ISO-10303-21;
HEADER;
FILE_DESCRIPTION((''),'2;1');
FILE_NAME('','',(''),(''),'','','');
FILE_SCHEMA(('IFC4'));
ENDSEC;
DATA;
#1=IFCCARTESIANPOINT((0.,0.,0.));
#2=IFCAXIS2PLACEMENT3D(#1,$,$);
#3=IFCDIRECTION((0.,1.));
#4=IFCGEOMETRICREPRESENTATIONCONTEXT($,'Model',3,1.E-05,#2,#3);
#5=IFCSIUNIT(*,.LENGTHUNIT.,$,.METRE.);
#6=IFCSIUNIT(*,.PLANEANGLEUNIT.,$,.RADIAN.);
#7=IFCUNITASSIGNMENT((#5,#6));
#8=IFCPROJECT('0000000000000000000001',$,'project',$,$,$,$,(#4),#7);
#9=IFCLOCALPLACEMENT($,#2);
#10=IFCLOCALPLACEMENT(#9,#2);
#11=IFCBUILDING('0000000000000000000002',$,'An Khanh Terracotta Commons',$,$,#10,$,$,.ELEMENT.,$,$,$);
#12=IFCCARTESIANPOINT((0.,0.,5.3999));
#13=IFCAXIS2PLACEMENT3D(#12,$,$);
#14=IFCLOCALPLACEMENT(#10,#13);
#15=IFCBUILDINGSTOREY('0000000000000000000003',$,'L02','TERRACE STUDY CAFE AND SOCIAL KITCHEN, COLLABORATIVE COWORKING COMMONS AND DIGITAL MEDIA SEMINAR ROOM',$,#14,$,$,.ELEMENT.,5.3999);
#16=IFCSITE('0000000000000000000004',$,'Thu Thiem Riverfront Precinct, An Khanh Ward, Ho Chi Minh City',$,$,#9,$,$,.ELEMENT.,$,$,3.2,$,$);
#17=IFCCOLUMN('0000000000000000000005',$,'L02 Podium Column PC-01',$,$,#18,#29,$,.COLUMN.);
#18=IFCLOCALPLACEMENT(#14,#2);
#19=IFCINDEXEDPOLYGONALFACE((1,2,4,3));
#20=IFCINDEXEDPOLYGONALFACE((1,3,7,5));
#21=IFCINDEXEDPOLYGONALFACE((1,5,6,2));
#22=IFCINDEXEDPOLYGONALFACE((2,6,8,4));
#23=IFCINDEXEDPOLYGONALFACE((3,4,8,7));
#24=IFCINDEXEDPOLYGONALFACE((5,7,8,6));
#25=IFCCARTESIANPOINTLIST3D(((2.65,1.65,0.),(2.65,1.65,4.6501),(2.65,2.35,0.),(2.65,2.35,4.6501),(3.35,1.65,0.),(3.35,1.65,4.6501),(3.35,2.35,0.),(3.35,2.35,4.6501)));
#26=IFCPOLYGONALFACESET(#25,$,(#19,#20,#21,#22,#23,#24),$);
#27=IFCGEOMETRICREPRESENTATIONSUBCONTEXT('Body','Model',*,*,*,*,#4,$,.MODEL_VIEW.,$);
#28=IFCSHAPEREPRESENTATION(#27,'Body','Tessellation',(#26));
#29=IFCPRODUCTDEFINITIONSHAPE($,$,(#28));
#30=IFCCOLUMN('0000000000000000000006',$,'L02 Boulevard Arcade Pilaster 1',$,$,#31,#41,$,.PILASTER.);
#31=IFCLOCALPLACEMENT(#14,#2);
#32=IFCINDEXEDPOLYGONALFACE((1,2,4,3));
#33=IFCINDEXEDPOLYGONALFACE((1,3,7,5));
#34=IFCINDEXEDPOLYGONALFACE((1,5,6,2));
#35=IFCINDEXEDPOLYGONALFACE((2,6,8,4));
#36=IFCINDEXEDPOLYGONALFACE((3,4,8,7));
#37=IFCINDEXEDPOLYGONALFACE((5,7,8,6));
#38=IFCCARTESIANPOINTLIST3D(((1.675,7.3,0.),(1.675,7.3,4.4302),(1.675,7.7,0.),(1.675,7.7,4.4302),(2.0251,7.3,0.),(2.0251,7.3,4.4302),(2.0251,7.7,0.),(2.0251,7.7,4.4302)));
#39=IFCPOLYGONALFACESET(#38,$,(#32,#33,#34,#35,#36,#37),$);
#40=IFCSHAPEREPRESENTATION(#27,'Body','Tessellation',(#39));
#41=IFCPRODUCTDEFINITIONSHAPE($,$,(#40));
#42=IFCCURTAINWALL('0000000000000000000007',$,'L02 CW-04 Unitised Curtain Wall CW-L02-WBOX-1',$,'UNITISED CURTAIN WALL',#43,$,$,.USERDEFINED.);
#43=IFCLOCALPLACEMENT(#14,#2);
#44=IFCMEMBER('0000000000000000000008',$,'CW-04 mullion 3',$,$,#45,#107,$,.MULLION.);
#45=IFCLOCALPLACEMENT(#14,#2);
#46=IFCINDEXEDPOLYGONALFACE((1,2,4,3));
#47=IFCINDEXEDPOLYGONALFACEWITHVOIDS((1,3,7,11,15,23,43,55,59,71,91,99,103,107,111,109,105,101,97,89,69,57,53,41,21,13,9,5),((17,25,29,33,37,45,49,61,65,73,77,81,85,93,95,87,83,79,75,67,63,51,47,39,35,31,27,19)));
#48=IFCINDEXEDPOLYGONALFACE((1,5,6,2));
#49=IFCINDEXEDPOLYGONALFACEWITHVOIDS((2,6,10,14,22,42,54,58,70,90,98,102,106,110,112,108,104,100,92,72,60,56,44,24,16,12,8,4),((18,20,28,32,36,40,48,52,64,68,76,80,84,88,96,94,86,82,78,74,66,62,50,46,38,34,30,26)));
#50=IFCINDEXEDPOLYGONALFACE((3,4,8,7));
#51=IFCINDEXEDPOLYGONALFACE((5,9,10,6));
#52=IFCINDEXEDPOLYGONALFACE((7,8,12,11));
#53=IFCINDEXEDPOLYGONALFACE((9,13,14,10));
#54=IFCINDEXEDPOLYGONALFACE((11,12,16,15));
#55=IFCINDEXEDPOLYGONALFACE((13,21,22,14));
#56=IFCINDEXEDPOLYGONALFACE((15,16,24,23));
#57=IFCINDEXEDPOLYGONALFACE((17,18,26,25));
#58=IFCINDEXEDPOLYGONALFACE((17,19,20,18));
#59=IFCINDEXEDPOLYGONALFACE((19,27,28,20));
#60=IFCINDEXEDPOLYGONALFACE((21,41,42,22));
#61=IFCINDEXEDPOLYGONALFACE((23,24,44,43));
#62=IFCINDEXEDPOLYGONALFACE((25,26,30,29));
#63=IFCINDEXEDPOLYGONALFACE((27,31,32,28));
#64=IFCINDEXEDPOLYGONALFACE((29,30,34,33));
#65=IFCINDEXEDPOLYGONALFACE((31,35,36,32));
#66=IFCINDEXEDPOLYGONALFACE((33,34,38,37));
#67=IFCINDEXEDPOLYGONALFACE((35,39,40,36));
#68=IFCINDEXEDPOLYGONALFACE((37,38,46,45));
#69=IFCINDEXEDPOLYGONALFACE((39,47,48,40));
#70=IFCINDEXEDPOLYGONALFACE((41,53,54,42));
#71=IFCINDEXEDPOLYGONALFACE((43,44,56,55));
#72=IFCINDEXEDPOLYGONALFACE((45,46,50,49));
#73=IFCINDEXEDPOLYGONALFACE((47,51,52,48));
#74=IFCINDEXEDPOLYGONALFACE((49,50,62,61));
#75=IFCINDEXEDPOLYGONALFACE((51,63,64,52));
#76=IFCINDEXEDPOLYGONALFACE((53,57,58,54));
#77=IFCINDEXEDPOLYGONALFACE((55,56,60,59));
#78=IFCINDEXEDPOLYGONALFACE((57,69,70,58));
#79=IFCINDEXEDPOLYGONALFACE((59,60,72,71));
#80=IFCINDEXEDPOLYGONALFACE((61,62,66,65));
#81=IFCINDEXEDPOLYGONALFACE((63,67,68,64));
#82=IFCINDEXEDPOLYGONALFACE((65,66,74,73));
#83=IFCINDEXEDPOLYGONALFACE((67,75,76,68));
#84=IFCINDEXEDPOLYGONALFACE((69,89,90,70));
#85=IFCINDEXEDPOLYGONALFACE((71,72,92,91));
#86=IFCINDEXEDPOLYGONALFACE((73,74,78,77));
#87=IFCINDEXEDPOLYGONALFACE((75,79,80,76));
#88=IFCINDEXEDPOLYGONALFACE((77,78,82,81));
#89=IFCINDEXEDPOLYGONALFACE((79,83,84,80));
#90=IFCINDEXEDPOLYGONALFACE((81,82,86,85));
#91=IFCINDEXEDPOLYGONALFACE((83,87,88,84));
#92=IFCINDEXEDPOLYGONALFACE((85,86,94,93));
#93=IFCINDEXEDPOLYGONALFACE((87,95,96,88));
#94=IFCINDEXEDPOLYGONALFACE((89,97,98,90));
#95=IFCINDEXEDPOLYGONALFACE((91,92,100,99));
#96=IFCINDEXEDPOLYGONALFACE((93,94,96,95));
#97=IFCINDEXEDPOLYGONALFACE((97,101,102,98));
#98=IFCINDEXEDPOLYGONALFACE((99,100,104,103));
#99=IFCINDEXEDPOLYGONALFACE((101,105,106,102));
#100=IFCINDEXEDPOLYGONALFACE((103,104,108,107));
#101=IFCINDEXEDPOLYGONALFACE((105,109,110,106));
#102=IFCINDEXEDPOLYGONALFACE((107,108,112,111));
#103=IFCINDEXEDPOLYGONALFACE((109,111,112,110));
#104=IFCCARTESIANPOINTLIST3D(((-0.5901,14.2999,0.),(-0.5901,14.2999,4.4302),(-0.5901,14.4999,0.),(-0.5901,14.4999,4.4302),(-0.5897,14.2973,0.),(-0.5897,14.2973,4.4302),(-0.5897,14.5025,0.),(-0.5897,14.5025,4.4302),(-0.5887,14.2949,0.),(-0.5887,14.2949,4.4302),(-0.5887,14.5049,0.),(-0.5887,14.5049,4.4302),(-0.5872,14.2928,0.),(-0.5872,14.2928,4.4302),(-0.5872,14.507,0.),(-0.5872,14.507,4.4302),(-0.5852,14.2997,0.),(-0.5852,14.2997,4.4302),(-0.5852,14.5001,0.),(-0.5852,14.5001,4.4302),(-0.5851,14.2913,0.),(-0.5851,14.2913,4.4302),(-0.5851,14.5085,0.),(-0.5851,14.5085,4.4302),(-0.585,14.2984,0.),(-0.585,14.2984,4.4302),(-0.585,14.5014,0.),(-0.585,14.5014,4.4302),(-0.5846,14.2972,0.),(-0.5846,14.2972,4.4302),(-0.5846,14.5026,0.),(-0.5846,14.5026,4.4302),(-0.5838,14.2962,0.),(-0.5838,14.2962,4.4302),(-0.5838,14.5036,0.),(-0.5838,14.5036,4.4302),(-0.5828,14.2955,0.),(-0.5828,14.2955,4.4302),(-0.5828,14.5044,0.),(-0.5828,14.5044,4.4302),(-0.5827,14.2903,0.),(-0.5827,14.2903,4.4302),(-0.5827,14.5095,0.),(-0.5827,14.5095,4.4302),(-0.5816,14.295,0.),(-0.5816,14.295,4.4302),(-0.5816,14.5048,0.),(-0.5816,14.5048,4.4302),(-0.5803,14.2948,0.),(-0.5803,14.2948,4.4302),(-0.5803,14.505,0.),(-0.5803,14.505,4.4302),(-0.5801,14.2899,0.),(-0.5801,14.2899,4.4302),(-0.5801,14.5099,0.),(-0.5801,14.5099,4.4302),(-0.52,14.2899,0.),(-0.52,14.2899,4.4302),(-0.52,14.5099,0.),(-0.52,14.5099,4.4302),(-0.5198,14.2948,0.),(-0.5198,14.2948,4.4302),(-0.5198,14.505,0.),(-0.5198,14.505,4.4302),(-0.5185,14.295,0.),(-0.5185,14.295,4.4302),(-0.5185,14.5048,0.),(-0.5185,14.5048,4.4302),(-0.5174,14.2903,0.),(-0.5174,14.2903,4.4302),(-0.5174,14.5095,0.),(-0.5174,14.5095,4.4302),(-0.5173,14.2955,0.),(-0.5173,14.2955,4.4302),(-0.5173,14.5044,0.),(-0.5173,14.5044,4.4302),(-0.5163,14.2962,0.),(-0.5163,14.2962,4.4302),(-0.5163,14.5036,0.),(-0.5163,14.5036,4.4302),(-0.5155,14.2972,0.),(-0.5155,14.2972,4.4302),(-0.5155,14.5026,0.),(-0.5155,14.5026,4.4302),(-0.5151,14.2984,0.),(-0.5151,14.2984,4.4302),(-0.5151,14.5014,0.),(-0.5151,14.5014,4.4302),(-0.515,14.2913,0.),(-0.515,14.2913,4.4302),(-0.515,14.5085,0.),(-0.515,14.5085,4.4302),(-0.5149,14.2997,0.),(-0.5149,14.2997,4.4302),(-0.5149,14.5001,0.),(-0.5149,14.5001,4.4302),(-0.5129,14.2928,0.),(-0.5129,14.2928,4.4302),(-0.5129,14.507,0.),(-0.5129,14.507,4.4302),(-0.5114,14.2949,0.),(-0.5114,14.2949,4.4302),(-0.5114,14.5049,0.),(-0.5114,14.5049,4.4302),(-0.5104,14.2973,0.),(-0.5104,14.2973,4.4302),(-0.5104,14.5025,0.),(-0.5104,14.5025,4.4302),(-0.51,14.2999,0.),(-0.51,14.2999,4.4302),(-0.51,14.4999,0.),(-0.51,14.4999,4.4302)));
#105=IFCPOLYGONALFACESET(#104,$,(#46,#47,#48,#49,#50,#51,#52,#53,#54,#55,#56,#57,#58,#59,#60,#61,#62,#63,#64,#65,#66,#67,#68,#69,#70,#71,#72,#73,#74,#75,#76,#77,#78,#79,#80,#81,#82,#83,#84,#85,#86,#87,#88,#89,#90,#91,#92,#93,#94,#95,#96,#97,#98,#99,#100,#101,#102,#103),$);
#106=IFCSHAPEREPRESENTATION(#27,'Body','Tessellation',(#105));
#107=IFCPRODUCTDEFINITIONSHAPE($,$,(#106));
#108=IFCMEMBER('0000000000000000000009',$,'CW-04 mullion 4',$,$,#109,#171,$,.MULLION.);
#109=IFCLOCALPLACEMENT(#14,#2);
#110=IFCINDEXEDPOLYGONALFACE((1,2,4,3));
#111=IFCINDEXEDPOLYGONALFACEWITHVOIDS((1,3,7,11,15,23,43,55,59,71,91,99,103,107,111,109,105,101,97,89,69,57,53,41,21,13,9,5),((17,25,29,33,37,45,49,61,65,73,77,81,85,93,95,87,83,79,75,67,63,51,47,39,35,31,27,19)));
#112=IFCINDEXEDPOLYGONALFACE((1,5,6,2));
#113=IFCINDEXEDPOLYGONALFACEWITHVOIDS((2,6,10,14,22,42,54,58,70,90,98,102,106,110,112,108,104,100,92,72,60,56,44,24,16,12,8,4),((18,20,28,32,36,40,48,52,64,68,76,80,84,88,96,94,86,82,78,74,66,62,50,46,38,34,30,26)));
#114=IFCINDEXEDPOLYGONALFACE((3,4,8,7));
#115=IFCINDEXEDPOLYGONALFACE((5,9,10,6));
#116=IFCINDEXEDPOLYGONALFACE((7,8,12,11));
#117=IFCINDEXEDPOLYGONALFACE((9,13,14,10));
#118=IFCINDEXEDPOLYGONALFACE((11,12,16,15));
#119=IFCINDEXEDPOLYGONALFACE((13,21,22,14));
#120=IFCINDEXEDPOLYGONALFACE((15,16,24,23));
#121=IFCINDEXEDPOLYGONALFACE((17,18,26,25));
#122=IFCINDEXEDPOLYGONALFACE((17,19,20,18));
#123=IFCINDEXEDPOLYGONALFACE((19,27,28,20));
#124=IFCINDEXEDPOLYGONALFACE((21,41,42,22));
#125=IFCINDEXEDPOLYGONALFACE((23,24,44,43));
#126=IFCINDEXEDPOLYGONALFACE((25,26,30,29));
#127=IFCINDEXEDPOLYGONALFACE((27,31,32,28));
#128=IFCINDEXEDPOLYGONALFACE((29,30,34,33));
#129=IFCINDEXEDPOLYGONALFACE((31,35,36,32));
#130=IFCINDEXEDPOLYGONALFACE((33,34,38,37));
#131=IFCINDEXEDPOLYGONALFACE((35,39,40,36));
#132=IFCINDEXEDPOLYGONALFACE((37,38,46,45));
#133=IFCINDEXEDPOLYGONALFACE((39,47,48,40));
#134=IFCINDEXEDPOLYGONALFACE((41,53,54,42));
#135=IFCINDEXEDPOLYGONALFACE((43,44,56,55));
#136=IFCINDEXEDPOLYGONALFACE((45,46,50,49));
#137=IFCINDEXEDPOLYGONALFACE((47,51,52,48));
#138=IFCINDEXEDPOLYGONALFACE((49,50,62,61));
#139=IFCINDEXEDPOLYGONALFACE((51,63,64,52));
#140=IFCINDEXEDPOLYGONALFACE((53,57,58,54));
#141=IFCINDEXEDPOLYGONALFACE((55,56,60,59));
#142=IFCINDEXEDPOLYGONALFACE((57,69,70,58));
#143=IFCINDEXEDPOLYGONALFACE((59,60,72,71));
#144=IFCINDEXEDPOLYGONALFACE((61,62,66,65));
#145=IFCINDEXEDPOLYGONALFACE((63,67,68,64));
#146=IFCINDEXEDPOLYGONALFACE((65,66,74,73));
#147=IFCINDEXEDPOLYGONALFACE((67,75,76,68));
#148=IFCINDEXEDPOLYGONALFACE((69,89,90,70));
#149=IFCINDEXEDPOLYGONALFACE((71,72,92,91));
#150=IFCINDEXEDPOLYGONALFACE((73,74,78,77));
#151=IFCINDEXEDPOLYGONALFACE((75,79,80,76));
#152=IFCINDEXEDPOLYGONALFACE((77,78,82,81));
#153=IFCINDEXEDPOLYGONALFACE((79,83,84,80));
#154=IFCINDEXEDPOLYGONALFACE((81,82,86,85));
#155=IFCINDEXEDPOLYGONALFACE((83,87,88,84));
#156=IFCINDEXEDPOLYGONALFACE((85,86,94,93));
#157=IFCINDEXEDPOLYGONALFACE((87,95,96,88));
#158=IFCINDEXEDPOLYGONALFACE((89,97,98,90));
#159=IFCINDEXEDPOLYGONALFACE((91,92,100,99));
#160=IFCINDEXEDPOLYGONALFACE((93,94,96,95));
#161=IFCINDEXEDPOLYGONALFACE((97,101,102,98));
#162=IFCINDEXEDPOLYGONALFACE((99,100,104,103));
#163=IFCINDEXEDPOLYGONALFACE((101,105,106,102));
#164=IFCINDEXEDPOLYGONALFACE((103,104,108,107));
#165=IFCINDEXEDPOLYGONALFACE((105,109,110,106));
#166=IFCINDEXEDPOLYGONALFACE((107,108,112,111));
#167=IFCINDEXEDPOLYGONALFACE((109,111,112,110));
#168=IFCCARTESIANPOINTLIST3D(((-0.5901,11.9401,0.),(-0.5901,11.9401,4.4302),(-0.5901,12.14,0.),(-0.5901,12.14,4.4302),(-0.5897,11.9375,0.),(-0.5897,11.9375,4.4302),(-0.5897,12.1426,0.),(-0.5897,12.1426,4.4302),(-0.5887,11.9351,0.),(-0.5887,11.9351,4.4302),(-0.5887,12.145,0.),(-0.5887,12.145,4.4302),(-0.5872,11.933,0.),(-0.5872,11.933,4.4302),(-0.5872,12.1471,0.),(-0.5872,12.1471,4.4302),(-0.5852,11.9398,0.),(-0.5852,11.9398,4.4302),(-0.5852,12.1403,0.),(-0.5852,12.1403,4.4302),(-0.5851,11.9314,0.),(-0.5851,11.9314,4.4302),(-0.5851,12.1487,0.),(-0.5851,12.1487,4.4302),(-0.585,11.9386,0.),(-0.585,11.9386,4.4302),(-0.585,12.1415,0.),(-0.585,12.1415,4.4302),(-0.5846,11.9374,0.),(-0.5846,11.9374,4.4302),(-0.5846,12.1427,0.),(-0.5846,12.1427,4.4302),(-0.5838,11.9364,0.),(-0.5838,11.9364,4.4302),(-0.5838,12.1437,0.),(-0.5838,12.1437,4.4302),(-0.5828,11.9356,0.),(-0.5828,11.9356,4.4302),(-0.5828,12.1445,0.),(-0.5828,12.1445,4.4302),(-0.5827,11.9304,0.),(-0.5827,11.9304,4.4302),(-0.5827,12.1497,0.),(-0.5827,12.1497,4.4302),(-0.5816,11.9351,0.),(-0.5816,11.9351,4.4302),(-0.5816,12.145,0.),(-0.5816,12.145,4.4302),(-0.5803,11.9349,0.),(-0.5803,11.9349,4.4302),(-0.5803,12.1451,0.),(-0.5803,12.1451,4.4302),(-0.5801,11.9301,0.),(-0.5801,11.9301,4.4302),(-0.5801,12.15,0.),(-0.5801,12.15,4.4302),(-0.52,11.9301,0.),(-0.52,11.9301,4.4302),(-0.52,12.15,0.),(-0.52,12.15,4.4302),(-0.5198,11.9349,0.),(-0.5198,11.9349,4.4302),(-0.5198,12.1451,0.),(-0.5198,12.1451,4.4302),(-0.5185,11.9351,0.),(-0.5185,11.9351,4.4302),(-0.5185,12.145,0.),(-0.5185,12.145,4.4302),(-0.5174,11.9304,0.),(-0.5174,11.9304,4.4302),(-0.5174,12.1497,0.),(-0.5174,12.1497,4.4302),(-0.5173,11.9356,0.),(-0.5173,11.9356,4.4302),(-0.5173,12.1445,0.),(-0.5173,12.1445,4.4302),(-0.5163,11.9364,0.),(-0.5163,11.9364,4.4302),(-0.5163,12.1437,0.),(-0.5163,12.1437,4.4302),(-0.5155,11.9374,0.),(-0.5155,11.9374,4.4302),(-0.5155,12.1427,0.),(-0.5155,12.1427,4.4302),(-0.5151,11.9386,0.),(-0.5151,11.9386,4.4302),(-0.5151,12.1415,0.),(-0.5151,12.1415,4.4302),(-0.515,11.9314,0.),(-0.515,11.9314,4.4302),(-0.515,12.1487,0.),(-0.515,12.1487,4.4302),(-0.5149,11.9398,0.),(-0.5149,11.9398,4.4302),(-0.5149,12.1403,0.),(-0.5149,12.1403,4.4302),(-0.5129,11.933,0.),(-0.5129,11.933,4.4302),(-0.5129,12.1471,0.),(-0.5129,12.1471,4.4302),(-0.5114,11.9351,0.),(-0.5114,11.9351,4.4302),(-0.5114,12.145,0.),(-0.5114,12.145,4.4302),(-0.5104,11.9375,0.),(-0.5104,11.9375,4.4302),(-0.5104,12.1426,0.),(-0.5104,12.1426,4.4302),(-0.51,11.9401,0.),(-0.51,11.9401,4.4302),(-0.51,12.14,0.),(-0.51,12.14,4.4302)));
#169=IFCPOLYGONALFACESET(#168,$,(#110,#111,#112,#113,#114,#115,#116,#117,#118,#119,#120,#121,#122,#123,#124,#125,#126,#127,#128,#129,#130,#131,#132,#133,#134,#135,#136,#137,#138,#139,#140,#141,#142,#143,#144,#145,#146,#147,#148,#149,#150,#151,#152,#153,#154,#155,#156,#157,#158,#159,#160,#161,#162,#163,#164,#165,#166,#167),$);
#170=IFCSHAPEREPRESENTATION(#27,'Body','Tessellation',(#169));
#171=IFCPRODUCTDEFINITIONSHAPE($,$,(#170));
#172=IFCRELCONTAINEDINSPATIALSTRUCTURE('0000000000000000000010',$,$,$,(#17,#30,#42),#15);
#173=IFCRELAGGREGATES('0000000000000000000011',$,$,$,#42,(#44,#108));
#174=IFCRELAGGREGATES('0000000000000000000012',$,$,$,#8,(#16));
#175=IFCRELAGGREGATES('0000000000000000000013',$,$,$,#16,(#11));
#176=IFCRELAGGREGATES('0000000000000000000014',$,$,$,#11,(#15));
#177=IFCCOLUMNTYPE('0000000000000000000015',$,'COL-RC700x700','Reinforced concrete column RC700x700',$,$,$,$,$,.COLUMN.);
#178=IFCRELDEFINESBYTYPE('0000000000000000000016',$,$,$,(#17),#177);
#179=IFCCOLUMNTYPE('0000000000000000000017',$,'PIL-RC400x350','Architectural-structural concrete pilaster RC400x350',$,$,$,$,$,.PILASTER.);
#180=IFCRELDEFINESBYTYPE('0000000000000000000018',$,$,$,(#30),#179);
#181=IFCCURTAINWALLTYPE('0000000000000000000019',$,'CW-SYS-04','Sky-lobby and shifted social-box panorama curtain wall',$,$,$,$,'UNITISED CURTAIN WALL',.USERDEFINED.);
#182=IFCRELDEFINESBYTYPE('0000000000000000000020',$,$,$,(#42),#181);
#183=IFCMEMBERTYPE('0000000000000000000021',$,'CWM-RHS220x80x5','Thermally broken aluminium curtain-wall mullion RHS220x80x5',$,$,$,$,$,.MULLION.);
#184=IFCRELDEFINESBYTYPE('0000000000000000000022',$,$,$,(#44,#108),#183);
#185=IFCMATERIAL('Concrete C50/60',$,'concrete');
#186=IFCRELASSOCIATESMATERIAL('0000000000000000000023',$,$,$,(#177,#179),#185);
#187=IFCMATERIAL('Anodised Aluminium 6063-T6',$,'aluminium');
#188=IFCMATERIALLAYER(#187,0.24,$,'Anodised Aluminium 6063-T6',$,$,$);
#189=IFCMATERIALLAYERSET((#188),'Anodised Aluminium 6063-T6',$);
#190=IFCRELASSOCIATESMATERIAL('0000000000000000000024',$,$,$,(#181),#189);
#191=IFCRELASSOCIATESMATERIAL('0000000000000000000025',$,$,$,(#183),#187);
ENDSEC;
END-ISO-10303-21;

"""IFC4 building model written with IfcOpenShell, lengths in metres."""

from ifc_helpers import new_model, si_unit, direction, frame, origin, origin_2d, place, context, subcontext, project, spatial, rectangle, hollow_rectangle, extrude, material, layer, layer_set, material_profile, profile_set, type_object, element, aggregate, save


model = new_model("IFC4")

# Units and contexts
model_context = context("Model", 3, precision=1e-05, world=origin(), true_north=direction((0.0, 1.0)))
body_context = subcontext(model_context, "Body", "Model", "MODEL_VIEW")
ifc_project = project(units=[si_unit("LENGTHUNIT", "METRE"), si_unit("PLANEANGLEUNIT", "RADIAN")], contexts=[model_context])

# Site, building, storey
site_placement = place(None, origin())
site = spatial("IfcSite", under=ifc_project, at=site_placement, Name="Thu Thiem Riverfront Precinct, An Khanh Ward, Ho Chi Minh City", CompositionType="ELEMENT", RefElevation=3.2)
building_placement = place(site_placement, origin())
building = spatial("IfcBuilding", under=site, at=building_placement, Name="An Khanh Terracotta Commons", CompositionType="ELEMENT")
storey_placement = place(building_placement, frame((0.0, 0.0, 5.3999)))
storey = spatial("IfcBuildingStorey", under=building, at=storey_placement, Name="L02", Description="TERRACE STUDY CAFE AND SOCIAL KITCHEN, COLLABORATIVE COWORKING COMMONS AND DIGITAL MEDIA SEMINAR ROOM", CompositionType="ELEMENT", Elevation=5.3999)

# Columns
ifc_material_1 = material(Name="Concrete C50/60", Category="concrete")
ifc_material_profile_1 = material_profile(ifc_material_1, rectangle(XDim=0.7, YDim=0.7, at=origin_2d()), Name="RC700x700")
ifc_profile_set_1 = profile_set([ifc_material_profile_1], Name="Concrete C50/60")
column_type_1 = type_object("IfcColumnType", Name="COL-RC700x700", Description="Reinforced concrete column RC700x700", PredefinedType="COLUMN", material=ifc_profile_set_1)
column_1_placement = place(storey_placement, frame((3.0, 2.0, 0.0), z_axis=(0.0, 0.0, 1.0), x_axis=(1.0, 0.0, 0.0)))
element("IfcColumn", 1, at=column_1_placement, inside=storey, type_object=column_type_1, Name="L02 Podium Column PC-01", PredefinedType="COLUMN", context=body_context, shape_type="SweptSolid", body=[
    extrude(rectangle(XDim=0.7, YDim=0.7, at=origin_2d()), origin(), (0.0, 0.0, 1.0), 4.6501),
])
ifc_material_profile_2 = material_profile(ifc_material_1, rectangle(XDim=0.3501, YDim=0.3999, at=origin_2d()), Name="RC400x350")
ifc_profile_set_2 = profile_set([ifc_material_profile_2], Name="Concrete C50/60")
column_type_2 = type_object("IfcColumnType", Name="PIL-RC400x350", Description="Architectural-structural concrete pilaster RC400x350", PredefinedType="PILASTER", material=ifc_profile_set_2)
column_2_placement = place(storey_placement, frame((1.8501, 7.5, 0.0), z_axis=(0.0, 0.0, 1.0), x_axis=(1.0, 0.0, 0.0)))
element("IfcColumn", 2, at=column_2_placement, inside=storey, type_object=column_type_2, Name="L02 Boulevard Arcade Pilaster 1", PredefinedType="PILASTER", context=body_context, shape_type="SweptSolid", body=[
    extrude(rectangle(XDim=0.3501, YDim=0.3999, at=origin_2d()), origin(), (0.0, 0.0, 1.0), 4.4302),
])

# Curtain wall, members
ifc_material_2 = material(Name="Anodised Aluminium 6063-T6", Category="aluminium")
ifc_layer_1 = layer(ifc_material_2, 0.24, Name="Anodised Aluminium 6063-T6")
ifc_layer_set_1 = layer_set([ifc_layer_1], Name="Anodised Aluminium 6063-T6")
curtain_wall_type = type_object("IfcCurtainWallType", Name="CW-SYS-04", Description="Sky-lobby and shifted social-box panorama curtain wall", ElementType="UNITISED CURTAIN WALL", PredefinedType="USERDEFINED", material=ifc_layer_set_1)
curtain_wall_1_placement = place(storey_placement, origin())
curtain_wall_1 = element("IfcCurtainWall", 3, at=curtain_wall_1_placement, inside=storey, type_object=curtain_wall_type, Name="L02 CW-04 Unitised Curtain Wall CW-L02-WBOX-1", ObjectType="UNITISED CURTAIN WALL", PredefinedType="USERDEFINED")
ifc_material_profile_3 = material_profile(ifc_material_2, hollow_rectangle(XDim=0.0801, YDim=0.22, WallThickness=0.0049, InnerFilletRadius=0.0049, OuterFilletRadius=0.01, at=origin_2d()), Name="RHS220x80x5")
ifc_profile_set_3 = profile_set([ifc_material_profile_3], Name="Anodised Aluminium 6063-T6")
member_type_1 = type_object("IfcMemberType", Name="CWM-RHS220x80x5", Description="Thermally broken aluminium curtain-wall mullion RHS220x80x5", PredefinedType="MULLION", material=ifc_profile_set_3)
member_1_placement = place(storey_placement, frame((-0.55, 14.3999, 0.0), z_axis=(0.0, 0.0, 1.0), x_axis=(1.0, 0.0, 0.0)))
member_1 = element("IfcMember", 4, at=member_1_placement, type_object=member_type_1, Name="CW-04 mullion 3", PredefinedType="MULLION", context=body_context, shape_type="SweptSolid", body=[
    extrude(hollow_rectangle(XDim=0.0801, YDim=0.22, WallThickness=0.0049, InnerFilletRadius=0.0049, OuterFilletRadius=0.01, at=origin_2d()), origin(), (0.0, 0.0, 1.0), 4.4302),
])
member_2_placement = place(storey_placement, frame((-0.55, 12.04, 0.0), z_axis=(0.0, 0.0, 1.0), x_axis=(1.0, 0.0, 0.0)))
member_2 = element("IfcMember", 5, at=member_2_placement, type_object=member_type_1, Name="CW-04 mullion 4", PredefinedType="MULLION", context=body_context, shape_type="SweptSolid", body=[
    extrude(hollow_rectangle(XDim=0.0801, YDim=0.22, WallThickness=0.0049, InnerFilletRadius=0.0049, OuterFilletRadius=0.01, at=origin_2d()), origin(), (0.0, 0.0, 1.0), 4.4302),
])

aggregate(curtain_wall_1, [member_1, member_2])

save(model, "model.ifc")
